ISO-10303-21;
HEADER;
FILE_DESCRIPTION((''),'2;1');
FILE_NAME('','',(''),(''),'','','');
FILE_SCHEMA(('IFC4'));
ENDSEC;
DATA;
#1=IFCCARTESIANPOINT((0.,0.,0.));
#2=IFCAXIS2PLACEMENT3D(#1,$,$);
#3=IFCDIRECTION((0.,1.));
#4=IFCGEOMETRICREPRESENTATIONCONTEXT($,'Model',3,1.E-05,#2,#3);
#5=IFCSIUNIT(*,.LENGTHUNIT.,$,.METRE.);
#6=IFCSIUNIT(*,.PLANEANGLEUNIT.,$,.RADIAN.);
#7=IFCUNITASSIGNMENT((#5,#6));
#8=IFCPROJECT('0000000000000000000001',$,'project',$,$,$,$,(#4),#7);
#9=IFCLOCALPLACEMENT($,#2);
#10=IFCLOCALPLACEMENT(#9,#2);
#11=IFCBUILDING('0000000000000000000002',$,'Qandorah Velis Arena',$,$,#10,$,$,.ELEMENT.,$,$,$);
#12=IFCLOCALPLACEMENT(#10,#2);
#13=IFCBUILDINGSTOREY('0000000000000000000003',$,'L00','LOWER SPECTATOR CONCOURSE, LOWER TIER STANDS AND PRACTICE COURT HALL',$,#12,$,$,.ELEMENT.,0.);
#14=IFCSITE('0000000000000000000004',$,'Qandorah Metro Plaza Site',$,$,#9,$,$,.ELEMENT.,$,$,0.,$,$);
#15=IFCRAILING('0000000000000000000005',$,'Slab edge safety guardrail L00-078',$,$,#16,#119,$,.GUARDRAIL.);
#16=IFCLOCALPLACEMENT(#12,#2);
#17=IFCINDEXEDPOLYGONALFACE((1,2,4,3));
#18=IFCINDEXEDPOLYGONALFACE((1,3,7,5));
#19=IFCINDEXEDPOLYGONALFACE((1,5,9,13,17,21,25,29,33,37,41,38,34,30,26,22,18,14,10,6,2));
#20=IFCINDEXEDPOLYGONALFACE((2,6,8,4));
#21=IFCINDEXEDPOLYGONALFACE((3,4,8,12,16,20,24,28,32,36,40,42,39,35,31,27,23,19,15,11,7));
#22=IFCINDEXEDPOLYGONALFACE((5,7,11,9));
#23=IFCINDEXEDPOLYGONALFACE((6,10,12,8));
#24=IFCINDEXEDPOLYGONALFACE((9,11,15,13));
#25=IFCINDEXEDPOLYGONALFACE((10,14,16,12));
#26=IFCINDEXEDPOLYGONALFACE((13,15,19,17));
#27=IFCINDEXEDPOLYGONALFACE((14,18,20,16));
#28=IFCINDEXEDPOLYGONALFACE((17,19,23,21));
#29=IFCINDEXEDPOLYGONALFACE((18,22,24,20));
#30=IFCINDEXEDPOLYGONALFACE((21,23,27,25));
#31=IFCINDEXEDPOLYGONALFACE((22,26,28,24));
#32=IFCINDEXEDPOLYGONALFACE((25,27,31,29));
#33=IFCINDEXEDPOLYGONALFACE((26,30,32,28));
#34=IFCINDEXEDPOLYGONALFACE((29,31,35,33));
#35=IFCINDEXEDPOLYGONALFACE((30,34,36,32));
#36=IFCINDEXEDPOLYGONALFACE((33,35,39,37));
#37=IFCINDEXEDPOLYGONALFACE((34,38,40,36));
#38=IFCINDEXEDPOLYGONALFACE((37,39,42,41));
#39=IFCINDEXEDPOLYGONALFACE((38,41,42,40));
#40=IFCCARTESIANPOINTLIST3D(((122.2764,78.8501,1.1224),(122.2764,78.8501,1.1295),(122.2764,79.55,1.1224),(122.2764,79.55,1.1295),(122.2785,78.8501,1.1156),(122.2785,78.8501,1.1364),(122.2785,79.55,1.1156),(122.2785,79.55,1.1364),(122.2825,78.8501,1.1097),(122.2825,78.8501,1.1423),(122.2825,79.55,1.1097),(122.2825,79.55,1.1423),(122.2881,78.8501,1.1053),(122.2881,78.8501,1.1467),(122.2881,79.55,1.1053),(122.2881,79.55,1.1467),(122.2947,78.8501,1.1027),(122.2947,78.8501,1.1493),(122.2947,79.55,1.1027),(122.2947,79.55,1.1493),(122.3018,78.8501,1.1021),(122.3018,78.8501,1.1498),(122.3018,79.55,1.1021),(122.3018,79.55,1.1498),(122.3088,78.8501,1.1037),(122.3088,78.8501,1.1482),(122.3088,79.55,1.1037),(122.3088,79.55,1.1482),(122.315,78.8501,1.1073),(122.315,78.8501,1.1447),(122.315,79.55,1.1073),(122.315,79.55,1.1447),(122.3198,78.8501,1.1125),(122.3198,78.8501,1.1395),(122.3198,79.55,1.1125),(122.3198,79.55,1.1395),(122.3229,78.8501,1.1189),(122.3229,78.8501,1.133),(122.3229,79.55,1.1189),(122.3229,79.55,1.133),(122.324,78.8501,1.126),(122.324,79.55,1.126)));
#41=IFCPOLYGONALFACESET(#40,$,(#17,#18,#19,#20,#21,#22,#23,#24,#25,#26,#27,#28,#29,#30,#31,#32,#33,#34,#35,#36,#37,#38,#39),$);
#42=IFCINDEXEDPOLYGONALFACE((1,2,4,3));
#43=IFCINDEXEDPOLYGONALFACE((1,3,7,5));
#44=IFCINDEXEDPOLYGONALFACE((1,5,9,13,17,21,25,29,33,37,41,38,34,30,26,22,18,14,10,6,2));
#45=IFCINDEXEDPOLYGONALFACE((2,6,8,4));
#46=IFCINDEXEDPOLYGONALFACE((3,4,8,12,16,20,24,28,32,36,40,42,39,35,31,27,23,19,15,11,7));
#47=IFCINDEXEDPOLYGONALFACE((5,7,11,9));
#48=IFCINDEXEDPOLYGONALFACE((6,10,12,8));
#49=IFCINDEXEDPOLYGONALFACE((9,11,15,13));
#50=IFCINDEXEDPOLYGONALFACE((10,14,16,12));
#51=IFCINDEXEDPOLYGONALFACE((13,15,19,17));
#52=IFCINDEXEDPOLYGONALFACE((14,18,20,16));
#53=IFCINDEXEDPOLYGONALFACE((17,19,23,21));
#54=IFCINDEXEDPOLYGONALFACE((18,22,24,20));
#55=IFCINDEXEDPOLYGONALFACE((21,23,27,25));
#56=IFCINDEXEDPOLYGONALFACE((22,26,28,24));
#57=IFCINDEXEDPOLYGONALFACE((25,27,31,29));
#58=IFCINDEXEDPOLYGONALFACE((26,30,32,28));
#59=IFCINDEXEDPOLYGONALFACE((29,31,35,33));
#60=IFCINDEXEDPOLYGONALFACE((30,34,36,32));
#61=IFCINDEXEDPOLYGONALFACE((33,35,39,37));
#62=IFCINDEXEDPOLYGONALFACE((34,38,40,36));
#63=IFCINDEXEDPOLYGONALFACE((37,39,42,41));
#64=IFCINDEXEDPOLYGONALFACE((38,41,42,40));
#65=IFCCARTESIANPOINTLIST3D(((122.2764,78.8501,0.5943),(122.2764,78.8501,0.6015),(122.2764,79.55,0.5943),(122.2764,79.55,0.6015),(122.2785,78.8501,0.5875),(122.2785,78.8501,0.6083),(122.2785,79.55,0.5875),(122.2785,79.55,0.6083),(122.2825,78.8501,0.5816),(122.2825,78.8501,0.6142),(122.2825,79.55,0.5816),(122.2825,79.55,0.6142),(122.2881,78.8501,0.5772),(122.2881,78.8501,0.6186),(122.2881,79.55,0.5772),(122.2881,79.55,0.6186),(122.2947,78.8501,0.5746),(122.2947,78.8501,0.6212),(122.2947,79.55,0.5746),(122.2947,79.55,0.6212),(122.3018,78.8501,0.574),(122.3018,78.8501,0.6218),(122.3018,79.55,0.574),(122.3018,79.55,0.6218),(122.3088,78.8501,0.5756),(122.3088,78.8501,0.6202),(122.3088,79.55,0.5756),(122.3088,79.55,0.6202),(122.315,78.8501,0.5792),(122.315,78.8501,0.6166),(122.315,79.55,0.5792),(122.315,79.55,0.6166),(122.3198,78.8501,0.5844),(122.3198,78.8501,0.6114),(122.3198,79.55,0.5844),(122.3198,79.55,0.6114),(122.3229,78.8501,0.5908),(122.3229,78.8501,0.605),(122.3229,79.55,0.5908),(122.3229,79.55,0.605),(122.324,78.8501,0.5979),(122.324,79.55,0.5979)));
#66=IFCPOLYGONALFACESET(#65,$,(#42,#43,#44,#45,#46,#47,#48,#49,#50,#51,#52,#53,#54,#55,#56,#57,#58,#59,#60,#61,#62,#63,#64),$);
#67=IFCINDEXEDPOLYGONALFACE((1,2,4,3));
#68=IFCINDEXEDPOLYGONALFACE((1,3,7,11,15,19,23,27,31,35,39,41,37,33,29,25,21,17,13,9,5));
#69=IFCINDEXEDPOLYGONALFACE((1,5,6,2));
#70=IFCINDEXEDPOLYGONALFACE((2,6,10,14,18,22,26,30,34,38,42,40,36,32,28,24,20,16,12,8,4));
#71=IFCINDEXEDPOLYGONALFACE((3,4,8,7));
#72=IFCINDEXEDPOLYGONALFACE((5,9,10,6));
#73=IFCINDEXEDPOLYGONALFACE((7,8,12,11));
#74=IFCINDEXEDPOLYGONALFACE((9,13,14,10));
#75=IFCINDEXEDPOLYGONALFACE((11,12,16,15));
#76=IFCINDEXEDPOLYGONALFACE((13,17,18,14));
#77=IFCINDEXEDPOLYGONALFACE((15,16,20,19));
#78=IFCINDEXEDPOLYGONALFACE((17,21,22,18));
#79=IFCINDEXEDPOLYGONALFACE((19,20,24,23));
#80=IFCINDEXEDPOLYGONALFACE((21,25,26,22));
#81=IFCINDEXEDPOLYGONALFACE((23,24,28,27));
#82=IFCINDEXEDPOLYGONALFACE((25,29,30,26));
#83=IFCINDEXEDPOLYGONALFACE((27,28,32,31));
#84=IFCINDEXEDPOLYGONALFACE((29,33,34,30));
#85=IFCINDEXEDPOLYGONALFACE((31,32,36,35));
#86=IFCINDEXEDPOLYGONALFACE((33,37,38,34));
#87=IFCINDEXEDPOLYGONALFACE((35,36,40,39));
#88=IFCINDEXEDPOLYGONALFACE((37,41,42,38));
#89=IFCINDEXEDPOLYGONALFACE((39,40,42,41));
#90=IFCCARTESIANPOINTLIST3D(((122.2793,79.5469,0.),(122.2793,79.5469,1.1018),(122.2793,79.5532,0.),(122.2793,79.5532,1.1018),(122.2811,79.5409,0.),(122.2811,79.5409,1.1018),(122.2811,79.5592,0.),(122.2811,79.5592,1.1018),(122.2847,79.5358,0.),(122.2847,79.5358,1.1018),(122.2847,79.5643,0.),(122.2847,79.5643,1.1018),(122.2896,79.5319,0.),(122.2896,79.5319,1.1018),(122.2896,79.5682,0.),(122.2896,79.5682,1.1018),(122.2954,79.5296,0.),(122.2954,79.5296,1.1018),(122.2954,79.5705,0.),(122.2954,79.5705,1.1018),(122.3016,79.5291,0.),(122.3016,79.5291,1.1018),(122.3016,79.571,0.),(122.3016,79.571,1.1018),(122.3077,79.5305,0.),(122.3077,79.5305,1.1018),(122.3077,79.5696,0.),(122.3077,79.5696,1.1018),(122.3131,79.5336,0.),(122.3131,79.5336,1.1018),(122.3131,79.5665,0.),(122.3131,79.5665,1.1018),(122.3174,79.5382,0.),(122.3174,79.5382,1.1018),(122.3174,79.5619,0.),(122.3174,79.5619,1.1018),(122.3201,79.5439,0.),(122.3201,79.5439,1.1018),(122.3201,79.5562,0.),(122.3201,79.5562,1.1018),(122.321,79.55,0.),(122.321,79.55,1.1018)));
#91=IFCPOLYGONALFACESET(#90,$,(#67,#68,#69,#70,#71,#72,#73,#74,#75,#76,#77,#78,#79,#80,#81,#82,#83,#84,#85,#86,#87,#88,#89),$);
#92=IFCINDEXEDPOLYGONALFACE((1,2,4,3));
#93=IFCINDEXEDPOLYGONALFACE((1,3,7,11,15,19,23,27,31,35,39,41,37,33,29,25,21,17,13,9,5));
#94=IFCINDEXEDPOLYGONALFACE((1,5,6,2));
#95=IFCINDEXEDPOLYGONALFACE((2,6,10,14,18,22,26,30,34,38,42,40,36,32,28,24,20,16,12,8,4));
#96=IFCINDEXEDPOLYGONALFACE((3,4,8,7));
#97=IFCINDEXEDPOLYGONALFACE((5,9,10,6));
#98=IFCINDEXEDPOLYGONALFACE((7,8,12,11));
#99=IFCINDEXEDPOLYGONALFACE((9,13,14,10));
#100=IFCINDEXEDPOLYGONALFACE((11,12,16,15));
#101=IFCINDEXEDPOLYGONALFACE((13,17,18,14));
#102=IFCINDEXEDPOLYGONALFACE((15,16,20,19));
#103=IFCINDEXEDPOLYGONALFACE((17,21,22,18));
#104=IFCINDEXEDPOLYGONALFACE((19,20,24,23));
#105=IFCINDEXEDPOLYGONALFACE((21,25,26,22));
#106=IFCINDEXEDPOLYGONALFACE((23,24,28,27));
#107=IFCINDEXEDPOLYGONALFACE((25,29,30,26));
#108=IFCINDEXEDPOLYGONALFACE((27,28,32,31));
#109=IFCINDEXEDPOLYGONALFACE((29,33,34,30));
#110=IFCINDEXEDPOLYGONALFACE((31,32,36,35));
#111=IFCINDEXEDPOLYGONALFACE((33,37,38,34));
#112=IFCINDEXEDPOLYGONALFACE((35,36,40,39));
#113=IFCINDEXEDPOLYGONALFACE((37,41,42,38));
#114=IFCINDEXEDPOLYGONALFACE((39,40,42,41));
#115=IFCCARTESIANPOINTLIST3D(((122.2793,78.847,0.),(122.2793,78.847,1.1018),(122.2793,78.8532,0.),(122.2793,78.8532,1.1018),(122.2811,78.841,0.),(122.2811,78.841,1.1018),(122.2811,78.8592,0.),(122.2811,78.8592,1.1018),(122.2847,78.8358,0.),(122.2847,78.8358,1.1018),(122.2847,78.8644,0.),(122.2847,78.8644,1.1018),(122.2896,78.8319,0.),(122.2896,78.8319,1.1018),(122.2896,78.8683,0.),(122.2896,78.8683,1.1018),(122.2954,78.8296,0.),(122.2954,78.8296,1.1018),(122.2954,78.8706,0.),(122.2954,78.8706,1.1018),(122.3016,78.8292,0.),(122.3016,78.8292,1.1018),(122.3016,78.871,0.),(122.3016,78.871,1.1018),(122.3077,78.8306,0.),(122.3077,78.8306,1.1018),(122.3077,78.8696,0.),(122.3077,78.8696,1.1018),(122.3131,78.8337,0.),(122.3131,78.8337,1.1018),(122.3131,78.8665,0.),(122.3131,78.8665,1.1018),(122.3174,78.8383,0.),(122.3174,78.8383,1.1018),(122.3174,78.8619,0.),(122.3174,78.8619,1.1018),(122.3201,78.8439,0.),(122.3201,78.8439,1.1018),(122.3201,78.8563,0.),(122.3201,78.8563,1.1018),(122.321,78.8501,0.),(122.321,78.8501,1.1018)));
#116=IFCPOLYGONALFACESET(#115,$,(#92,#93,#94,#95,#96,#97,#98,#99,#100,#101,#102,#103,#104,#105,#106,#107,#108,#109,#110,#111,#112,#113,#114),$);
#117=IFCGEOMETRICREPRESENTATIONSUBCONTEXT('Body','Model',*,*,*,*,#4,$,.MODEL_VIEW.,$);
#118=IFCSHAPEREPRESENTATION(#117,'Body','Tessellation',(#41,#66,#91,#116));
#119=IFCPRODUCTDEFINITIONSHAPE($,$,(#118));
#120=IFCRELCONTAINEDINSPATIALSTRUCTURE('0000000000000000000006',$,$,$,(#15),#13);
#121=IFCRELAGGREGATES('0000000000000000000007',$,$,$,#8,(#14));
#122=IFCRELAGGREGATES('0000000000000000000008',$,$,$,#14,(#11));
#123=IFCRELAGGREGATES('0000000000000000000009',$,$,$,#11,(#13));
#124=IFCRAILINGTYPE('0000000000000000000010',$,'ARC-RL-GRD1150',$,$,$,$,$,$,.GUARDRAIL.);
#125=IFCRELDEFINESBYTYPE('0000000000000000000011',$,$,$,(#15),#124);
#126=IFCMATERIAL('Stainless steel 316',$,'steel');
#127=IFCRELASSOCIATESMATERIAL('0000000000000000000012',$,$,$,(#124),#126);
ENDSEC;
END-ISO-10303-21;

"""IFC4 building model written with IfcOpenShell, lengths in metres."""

from ifc_helpers import new_model, si_unit, direction, frame, origin, origin_2d, place, context, subcontext, project, spatial, circle, extrude, material, type_object, element, save


model = new_model("IFC4")

# Units and contexts
model_context = context("Model", 3, precision=1e-05, world=origin(), true_north=direction((0.0, 1.0)))
body_context = subcontext(model_context, "Body", "Model", "MODEL_VIEW")
ifc_project = project(units=[si_unit("LENGTHUNIT", "METRE"), si_unit("PLANEANGLEUNIT", "RADIAN")], contexts=[model_context])

# Site, building, storey
site_placement = place(None, origin())
site = spatial("IfcSite", under=ifc_project, at=site_placement, Name="Qandorah Metro Plaza Site", CompositionType="ELEMENT", RefElevation=0.0)
building_placement = place(site_placement, origin())
building = spatial("IfcBuilding", under=site, at=building_placement, Name="Qandorah Velis Arena", CompositionType="ELEMENT")
storey_placement = place(building_placement, origin())
storey = spatial("IfcBuildingStorey", under=building, at=storey_placement, Name="L00", Description="LOWER SPECTATOR CONCOURSE, LOWER TIER STANDS AND PRACTICE COURT HALL", CompositionType="ELEMENT", Elevation=0.0)

# Railing
ifc_material_1 = material(Name="Stainless steel 316", Category="steel")
railing_type = type_object("IfcRailingType", Name="ARC-RL-GRD1150", PredefinedType="GUARDRAIL", material=ifc_material_1)
railing_1_placement = place(storey_placement, frame((122.3, 79.55, 0.0)))
element("IfcRailing", 1, at=railing_1_placement, inside=storey, type_object=railing_type, Name="Slab edge safety guardrail L00-078", PredefinedType="GUARDRAIL", context=body_context, shape_type="SweptSolid", body=[
    extrude(circle(Radius=0.0239, at=origin_2d()), frame((0.0, 0.0, 1.126), z_axis=(0.0, -1.0, 0.0), x_axis=(1.0, 0.0, 0.0)), (0.0, 0.0, 1.0), 0.7),
    extrude(circle(Radius=0.0239, at=origin_2d()), frame((0.0, 0.0, 0.5979), z_axis=(0.0, -1.0, 0.0), x_axis=(1.0, 0.0, 0.0)), (0.0, 0.0, 1.0), 0.7),
    extrude(circle(Radius=0.021, at=origin_2d()), origin(), (0.0, 0.0, 1.0), 1.1018),
    extrude(circle(Radius=0.021, at=origin_2d()), frame((0.0, -0.7, 0.0)), (0.0, 0.0, 1.0), 1.1018),
])

save(model, "model.ifc")
